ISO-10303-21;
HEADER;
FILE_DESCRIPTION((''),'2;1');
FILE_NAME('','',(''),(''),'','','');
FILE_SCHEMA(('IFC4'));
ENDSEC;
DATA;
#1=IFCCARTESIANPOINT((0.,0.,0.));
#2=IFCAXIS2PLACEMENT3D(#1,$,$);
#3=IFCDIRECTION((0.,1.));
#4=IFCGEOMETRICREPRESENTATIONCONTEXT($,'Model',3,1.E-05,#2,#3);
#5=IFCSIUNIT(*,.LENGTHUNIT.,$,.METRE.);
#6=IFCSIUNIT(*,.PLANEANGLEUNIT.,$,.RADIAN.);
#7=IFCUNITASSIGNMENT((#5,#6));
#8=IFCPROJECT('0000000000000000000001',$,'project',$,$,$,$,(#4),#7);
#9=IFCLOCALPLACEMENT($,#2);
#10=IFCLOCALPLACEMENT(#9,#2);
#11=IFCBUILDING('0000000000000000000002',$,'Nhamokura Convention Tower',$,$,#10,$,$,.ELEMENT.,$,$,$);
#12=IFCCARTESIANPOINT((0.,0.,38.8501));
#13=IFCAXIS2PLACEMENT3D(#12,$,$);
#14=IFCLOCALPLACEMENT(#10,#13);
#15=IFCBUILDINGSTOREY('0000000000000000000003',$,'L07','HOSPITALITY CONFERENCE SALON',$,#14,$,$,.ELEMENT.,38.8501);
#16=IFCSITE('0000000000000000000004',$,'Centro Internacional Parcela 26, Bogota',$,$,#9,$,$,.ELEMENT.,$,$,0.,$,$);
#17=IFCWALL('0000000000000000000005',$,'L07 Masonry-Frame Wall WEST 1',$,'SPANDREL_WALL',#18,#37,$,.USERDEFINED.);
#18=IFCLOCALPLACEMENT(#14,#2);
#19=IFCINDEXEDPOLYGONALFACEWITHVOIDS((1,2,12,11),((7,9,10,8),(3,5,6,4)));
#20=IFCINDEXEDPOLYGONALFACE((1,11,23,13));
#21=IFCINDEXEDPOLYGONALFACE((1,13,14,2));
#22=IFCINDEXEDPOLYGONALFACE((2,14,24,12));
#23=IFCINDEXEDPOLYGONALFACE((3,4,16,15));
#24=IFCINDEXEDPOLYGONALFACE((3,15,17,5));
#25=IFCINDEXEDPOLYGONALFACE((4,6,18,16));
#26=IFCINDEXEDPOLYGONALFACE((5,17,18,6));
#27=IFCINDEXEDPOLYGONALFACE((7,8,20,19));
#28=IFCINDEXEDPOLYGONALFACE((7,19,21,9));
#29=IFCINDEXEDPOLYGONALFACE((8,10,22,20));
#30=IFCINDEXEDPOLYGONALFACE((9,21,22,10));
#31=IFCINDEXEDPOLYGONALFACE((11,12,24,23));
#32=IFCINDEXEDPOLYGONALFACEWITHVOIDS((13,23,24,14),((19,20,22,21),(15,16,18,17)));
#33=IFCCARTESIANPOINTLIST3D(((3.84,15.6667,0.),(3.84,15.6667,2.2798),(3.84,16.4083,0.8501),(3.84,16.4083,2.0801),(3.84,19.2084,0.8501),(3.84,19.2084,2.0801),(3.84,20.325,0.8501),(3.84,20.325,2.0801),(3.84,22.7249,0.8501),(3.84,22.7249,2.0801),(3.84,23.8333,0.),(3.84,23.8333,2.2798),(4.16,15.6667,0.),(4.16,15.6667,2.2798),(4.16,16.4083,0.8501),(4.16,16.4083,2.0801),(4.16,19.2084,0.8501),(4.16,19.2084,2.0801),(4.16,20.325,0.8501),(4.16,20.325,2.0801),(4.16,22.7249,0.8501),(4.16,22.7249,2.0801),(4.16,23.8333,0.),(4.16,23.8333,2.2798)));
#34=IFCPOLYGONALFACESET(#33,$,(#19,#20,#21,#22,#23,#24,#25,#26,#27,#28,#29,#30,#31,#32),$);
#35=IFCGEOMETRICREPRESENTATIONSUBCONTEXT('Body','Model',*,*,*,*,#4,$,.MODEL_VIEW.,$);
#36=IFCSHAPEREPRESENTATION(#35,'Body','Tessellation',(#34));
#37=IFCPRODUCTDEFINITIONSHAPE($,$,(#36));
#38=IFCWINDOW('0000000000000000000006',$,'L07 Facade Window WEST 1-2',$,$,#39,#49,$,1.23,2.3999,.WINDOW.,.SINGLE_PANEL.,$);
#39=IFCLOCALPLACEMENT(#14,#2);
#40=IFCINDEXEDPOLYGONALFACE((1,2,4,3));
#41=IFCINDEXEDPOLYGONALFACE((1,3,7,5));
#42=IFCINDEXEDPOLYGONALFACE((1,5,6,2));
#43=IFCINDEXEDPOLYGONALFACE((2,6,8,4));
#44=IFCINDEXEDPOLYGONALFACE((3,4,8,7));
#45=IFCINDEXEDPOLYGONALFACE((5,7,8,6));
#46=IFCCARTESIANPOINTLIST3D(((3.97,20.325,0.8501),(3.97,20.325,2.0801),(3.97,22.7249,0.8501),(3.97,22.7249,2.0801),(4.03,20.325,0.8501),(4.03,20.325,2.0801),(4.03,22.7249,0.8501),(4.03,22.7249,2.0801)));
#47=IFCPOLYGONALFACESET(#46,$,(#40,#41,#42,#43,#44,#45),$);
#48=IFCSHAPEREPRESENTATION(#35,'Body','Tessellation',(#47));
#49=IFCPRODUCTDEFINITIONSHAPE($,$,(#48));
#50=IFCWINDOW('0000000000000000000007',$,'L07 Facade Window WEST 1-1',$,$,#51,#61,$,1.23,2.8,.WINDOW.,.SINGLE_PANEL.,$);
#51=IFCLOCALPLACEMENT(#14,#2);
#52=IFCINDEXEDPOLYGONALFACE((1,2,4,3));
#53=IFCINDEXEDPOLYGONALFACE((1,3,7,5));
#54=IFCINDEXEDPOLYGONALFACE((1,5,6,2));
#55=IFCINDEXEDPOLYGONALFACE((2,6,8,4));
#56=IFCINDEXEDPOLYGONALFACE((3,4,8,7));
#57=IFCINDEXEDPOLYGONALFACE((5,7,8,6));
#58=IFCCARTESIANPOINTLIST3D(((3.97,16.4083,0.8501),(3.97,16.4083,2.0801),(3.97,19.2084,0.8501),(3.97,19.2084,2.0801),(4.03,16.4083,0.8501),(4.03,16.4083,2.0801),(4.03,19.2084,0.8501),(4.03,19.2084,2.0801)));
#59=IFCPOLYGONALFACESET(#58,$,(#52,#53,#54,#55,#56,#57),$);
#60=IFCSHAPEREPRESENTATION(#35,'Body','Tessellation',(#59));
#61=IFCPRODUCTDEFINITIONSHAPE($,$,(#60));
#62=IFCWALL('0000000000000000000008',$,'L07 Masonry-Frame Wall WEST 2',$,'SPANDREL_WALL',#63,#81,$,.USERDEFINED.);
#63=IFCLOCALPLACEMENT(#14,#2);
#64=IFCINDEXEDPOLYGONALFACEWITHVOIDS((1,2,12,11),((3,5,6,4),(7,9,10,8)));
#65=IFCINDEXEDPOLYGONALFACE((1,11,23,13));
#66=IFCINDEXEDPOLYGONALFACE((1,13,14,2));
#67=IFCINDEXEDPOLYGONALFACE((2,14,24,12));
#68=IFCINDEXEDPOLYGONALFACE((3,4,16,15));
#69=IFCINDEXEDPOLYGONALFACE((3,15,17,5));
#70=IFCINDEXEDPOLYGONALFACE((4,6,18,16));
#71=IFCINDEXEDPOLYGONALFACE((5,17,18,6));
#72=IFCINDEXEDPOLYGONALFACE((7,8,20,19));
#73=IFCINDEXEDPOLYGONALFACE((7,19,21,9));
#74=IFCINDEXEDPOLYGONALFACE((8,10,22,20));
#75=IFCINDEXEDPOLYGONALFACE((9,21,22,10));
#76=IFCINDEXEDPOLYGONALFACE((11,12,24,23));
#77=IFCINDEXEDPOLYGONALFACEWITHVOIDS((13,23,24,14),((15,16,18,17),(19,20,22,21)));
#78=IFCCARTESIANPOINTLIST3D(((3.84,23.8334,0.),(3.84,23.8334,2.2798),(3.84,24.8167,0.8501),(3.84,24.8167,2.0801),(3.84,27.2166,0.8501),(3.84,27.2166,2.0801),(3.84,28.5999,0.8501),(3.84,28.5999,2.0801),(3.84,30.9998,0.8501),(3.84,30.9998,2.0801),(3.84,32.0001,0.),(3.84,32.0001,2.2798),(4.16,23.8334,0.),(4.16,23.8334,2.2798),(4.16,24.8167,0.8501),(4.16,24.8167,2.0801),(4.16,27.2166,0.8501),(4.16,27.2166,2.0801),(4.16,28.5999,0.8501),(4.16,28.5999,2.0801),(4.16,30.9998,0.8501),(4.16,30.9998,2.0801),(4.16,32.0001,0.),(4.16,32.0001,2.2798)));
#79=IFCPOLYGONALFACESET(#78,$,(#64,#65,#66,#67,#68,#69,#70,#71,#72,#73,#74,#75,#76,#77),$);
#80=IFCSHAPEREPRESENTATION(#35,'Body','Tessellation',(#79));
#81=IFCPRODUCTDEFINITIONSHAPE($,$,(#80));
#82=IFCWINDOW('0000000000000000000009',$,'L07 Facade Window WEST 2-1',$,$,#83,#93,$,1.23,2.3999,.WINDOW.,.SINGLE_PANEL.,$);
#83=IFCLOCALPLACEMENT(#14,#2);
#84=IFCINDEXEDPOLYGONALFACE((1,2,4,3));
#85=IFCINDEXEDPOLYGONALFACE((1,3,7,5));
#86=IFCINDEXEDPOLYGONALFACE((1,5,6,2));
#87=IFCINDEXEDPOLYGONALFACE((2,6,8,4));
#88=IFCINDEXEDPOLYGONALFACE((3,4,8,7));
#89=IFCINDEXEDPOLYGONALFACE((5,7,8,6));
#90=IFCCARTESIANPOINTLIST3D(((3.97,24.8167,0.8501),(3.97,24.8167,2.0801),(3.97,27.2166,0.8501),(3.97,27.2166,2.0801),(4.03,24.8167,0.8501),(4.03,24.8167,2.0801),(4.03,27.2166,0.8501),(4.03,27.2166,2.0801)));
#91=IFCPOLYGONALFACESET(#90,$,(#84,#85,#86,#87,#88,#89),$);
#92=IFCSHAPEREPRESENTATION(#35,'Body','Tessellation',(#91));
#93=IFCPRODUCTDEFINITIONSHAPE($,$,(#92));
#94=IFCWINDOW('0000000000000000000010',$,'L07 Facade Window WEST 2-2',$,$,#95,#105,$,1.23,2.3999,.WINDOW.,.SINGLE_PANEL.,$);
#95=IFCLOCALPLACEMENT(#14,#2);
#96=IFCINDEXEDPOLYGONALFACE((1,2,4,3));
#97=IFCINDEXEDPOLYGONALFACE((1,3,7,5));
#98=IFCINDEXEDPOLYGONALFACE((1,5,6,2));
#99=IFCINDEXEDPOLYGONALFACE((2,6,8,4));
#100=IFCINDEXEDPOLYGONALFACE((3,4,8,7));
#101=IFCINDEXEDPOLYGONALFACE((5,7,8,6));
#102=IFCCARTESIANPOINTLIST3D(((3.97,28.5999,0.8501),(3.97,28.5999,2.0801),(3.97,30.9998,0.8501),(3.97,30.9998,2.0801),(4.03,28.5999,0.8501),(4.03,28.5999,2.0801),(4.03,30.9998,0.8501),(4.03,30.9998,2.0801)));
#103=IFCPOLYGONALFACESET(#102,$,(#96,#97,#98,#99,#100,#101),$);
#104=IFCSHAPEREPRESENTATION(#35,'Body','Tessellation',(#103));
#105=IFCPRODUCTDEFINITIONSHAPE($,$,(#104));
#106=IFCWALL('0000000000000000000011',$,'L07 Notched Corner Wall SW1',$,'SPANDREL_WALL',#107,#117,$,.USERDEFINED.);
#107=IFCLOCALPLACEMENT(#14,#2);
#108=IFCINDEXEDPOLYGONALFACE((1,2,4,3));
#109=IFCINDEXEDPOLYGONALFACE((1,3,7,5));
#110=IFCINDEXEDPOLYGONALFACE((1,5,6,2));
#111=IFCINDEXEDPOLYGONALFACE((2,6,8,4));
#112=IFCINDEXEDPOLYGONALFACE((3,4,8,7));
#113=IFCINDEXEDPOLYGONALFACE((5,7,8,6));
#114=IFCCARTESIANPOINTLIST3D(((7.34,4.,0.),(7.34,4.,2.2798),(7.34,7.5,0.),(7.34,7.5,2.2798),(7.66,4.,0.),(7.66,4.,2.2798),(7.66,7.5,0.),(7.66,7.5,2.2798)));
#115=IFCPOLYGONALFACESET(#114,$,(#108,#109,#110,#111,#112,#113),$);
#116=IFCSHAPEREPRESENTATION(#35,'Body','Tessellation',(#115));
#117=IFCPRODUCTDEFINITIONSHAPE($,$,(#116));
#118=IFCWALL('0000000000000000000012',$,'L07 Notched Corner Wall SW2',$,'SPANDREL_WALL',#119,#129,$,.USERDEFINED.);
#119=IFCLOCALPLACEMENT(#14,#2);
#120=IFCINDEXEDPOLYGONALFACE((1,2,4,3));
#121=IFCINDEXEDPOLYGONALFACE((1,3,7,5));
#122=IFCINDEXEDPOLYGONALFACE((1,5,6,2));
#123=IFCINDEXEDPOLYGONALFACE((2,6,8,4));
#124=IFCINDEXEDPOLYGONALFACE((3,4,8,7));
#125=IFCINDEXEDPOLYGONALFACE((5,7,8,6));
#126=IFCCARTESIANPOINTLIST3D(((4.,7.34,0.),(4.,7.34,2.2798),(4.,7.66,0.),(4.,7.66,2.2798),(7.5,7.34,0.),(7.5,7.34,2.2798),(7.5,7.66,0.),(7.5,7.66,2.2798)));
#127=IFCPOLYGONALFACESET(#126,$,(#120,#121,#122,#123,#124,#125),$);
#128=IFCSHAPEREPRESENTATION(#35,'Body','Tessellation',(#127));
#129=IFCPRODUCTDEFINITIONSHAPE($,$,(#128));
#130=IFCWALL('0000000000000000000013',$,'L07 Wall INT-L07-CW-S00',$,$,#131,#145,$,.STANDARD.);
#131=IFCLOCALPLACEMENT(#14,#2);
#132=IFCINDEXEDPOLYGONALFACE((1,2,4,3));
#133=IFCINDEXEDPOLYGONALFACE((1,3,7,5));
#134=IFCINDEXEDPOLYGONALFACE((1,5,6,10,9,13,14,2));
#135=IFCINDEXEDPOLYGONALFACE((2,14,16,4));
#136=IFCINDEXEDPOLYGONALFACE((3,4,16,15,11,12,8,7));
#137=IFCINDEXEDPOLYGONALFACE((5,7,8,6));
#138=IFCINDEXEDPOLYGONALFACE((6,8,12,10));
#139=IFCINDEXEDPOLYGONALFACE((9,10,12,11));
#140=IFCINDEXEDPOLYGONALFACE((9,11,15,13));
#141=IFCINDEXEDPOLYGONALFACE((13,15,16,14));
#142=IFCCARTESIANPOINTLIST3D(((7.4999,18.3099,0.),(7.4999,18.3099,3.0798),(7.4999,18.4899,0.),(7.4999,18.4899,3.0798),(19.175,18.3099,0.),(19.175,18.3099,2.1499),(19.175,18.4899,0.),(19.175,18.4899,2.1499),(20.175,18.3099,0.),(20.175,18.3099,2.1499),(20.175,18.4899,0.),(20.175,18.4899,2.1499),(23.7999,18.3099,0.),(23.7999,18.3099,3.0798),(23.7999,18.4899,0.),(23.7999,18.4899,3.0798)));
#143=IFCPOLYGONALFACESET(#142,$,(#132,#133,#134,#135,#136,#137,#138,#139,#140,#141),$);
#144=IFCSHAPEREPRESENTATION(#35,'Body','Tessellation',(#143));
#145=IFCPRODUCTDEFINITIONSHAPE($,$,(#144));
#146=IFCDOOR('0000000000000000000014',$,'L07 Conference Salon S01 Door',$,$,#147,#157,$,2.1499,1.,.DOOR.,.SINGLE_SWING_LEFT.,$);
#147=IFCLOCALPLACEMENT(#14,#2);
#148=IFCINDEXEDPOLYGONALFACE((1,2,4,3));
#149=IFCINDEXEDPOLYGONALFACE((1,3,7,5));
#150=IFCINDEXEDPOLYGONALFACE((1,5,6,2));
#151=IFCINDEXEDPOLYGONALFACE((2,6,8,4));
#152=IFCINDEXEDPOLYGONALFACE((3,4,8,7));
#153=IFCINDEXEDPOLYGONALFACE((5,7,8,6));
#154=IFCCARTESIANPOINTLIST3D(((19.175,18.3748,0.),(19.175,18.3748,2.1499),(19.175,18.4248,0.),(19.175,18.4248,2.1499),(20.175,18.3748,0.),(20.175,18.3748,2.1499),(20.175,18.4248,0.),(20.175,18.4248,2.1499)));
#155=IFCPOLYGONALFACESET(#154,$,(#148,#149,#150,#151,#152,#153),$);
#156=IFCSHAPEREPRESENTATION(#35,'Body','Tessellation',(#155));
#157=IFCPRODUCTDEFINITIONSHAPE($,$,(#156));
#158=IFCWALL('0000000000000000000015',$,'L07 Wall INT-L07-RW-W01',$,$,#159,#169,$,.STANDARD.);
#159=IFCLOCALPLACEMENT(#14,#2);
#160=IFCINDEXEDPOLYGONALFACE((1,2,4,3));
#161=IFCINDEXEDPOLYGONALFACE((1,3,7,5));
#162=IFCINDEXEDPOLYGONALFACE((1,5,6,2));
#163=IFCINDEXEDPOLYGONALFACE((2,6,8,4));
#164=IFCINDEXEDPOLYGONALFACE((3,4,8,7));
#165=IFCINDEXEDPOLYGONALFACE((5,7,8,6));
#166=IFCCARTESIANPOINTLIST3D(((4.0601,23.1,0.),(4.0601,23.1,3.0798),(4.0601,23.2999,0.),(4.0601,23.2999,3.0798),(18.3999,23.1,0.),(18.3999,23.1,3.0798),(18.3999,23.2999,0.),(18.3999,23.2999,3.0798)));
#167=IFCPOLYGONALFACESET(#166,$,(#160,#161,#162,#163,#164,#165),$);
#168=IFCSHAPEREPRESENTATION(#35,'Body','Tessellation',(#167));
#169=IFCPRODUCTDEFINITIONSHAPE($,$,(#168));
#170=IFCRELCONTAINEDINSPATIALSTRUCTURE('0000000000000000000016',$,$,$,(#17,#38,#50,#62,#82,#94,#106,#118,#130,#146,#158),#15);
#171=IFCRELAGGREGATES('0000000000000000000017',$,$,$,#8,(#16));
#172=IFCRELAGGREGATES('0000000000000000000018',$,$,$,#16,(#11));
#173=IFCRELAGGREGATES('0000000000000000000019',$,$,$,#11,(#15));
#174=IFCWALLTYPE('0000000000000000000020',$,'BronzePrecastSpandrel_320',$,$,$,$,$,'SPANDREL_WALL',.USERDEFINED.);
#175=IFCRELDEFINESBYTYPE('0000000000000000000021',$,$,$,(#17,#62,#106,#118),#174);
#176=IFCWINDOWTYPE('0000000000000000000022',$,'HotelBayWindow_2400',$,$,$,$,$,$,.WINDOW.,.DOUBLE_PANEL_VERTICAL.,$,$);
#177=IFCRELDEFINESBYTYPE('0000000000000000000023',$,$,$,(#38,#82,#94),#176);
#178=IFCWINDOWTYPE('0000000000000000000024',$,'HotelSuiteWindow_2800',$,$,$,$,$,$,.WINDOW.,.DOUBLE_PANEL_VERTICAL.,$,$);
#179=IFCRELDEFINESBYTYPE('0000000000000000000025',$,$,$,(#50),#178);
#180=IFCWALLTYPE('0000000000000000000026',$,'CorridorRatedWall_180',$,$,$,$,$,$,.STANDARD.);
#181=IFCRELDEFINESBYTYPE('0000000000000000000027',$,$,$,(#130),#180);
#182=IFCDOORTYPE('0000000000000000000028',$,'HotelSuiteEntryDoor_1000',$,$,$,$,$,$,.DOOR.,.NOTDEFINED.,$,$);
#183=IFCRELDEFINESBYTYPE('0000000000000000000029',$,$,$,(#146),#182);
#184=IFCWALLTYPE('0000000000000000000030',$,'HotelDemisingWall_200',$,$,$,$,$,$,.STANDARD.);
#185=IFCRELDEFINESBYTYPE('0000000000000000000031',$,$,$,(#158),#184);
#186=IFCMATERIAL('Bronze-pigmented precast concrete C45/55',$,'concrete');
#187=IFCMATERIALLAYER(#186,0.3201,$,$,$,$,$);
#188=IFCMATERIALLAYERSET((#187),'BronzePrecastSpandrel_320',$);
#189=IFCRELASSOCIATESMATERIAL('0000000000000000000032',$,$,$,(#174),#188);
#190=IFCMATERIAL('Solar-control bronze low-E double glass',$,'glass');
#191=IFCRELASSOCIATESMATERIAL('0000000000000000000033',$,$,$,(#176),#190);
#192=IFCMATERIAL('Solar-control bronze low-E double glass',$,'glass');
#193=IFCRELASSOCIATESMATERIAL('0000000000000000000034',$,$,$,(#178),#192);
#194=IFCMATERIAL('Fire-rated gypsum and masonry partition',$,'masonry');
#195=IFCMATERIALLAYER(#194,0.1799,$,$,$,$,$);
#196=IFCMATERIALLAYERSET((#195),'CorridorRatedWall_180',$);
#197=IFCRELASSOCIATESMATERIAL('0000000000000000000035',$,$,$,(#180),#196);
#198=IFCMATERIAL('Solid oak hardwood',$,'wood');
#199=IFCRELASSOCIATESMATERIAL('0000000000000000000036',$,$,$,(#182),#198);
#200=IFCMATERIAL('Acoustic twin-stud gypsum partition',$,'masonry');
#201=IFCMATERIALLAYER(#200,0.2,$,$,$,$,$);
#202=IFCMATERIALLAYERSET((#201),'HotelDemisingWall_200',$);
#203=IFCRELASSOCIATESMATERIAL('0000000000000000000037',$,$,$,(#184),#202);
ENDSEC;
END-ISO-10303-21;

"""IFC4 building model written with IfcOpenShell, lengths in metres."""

from ifc_helpers import new_model, si_unit, direction, frame, frame_2d, origin, place, context, subcontext, project, spatial, rectangle, extrude, material, layer, layer_set, type_object, element, fill, save


model = new_model("IFC4")

# Units and contexts
model_context = context("Model", 3, precision=1e-05, world=origin(), true_north=direction((0.0, 1.0)))
body_context = subcontext(model_context, "Body", "Model", "MODEL_VIEW")
ifc_project = project(units=[si_unit("LENGTHUNIT", "METRE"), si_unit("PLANEANGLEUNIT", "RADIAN")], contexts=[model_context])

# Site, building, storey
site_placement = place(None, origin())
site = spatial("IfcSite", under=ifc_project, at=site_placement, Name="Centro Internacional Parcela 26, Bogota", CompositionType="ELEMENT", RefElevation=0.0)
building_placement = place(site_placement, origin())
building = spatial("IfcBuilding", under=site, at=building_placement, Name="Nhamokura Convention Tower", CompositionType="ELEMENT")
storey_placement = place(building_placement, frame((0.0, 0.0, 38.8501)))
storey = spatial("IfcBuildingStorey", under=building, at=storey_placement, Name="L07", Description="HOSPITALITY CONFERENCE SALON", CompositionType="ELEMENT", Elevation=38.8501)

# Shared definitions
ifc_material_1 = material(Name="Bronze-pigmented precast concrete C45/55", Category="concrete")
ifc_layer_1 = layer(ifc_material_1, 0.3201)
ifc_layer_set_1 = layer_set([ifc_layer_1], Name="BronzePrecastSpandrel_320")
wall_type_1 = type_object("IfcWallType", Name="BronzePrecastSpandrel_320", ElementType="SPANDREL_WALL", PredefinedType="USERDEFINED", material=ifc_layer_set_1)

# Walls, openings, windows
wall_1_placement = place(storey_placement, frame((4.0, 15.6667, 0.0), z_axis=(0.0, 0.0, 1.0), x_axis=(0.0, 1.0, 0.0)))
wall_1 = element("IfcWall", 1, at=wall_1_placement, inside=storey, type_object=wall_type_1, Name="L07 Masonry-Frame Wall WEST 1", ObjectType="SPANDREL_WALL", PredefinedType="USERDEFINED", context=body_context, shape_type="SweptSolid", body=[
    extrude(rectangle(XDim=8.1665, YDim=0.3201, at=frame_2d((4.0833, 0.0))), origin(), (0.0, 0.0, 1.0), 2.2798),
])
opening_1_placement = place(wall_1_placement, frame((0.7417, 0.0, 0.8501)))
opening_1 = element("IfcOpeningElement", 2, at=opening_1_placement, cuts=wall_1, PredefinedType="OPENING", context=body_context, shape_type="SweptSolid", body=[
    extrude(rectangle(XDim=2.8, YDim=1.23, at=frame_2d((1.3999, 0.615))), frame((0.0, 0.1699, 0.0), z_axis=(0.0, -1.0, 0.0), x_axis=(1.0, 0.0, 0.0)), (0.0, 0.0, 1.0), 0.3401),
])
opening_2_placement = place(wall_1_placement, frame((4.6582, 0.0, 0.8501)))
opening_2 = element("IfcOpeningElement", 3, at=opening_2_placement, cuts=wall_1, PredefinedType="OPENING", context=body_context, shape_type="SweptSolid", body=[
    extrude(rectangle(XDim=2.3999, YDim=1.23, at=frame_2d((1.2, 0.615))), frame((0.0, 0.1699, 0.0), z_axis=(0.0, -1.0, 0.0), x_axis=(1.0, 0.0, 0.0)), (0.0, 0.0, 1.0), 0.3401),
])
ifc_material_2 = material(Name="Solar-control bronze low-E double glass", Category="glass")
window_type_1 = type_object("IfcWindowType", Name="HotelBayWindow_2400", PartitioningType="DOUBLE_PANEL_VERTICAL", PredefinedType="WINDOW", material=ifc_material_2)
window_1_placement = place(opening_2_placement, origin())
window_1 = element("IfcWindow", 4, at=window_1_placement, inside=storey, type_object=window_type_1, Name="L07 Facade Window WEST 1-2", OverallHeight=1.23, OverallWidth=2.3999, PartitioningType="SINGLE_PANEL", PredefinedType="WINDOW", context=body_context, shape_type="SweptSolid", body=[
    extrude(rectangle(XDim=2.3999, YDim=1.23, at=frame_2d((1.2, 0.615))), frame((0.0, 0.03, 0.0), z_axis=(0.0, -1.0, 0.0), x_axis=(1.0, 0.0, 0.0)), (0.0, 0.0, 1.0), 0.0601),
])
fill(opening_2, window_1)
ifc_material_3 = material(Name="Solar-control bronze low-E double glass", Category="glass")
window_type_2 = type_object("IfcWindowType", Name="HotelSuiteWindow_2800", PartitioningType="DOUBLE_PANEL_VERTICAL", PredefinedType="WINDOW", material=ifc_material_3)
window_2_placement = place(opening_1_placement, origin())
window_2 = element("IfcWindow", 5, at=window_2_placement, inside=storey, type_object=window_type_2, Name="L07 Facade Window WEST 1-1", OverallHeight=1.23, OverallWidth=2.8, PartitioningType="SINGLE_PANEL", PredefinedType="WINDOW", context=body_context, shape_type="SweptSolid", body=[
    extrude(rectangle(XDim=2.8, YDim=1.23, at=frame_2d((1.3999, 0.615))), frame((0.0, 0.03, 0.0), z_axis=(0.0, -1.0, 0.0), x_axis=(1.0, 0.0, 0.0)), (0.0, 0.0, 1.0), 0.0601),
])
fill(opening_1, window_2)
wall_2_placement = place(storey_placement, frame((4.0, 23.8333, 0.0), z_axis=(0.0, 0.0, 1.0), x_axis=(0.0, 1.0, 0.0)))
wall_2 = element("IfcWall", 6, at=wall_2_placement, inside=storey, type_object=wall_type_1, Name="L07 Masonry-Frame Wall WEST 2", ObjectType="SPANDREL_WALL", PredefinedType="USERDEFINED", context=body_context, shape_type="SweptSolid", body=[
    extrude(rectangle(XDim=8.1667, YDim=0.3201, at=frame_2d((4.0835, 0.0))), origin(), (0.0, 0.0, 1.0), 2.2798),
])
opening_3_placement = place(wall_2_placement, frame((0.9834, 0.0, 0.8501)))
opening_3 = element("IfcOpeningElement", 7, at=opening_3_placement, cuts=wall_2, PredefinedType="OPENING", context=body_context, shape_type="SweptSolid", body=[
    extrude(rectangle(XDim=2.3999, YDim=1.23, at=frame_2d((1.2, 0.615))), frame((0.0, 0.1699, 0.0), z_axis=(0.0, -1.0, 0.0), x_axis=(1.0, 0.0, 0.0)), (0.0, 0.0, 1.0), 0.3401),
])
opening_4_placement = place(wall_2_placement, frame((4.7666, 0.0, 0.8501)))
opening_4 = element("IfcOpeningElement", 8, at=opening_4_placement, cuts=wall_2, PredefinedType="OPENING", context=body_context, shape_type="SweptSolid", body=[
    extrude(rectangle(XDim=2.3999, YDim=1.23, at=frame_2d((1.2, 0.615))), frame((0.0, 0.1699, 0.0), z_axis=(0.0, -1.0, 0.0), x_axis=(1.0, 0.0, 0.0)), (0.0, 0.0, 1.0), 0.3401),
])
window_3_placement = place(opening_3_placement, origin())
window_3 = element("IfcWindow", 9, at=window_3_placement, inside=storey, type_object=window_type_1, Name="L07 Facade Window WEST 2-1", OverallHeight=1.23, OverallWidth=2.3999, PartitioningType="SINGLE_PANEL", PredefinedType="WINDOW", context=body_context, shape_type="SweptSolid", body=[
    extrude(rectangle(XDim=2.3999, YDim=1.23, at=frame_2d((1.2, 0.615))), frame((0.0, 0.03, 0.0), z_axis=(0.0, -1.0, 0.0), x_axis=(1.0, 0.0, 0.0)), (0.0, 0.0, 1.0), 0.0601),
])
fill(opening_3, window_3)
window_4_placement = place(opening_4_placement, origin())
window_4 = element("IfcWindow", 10, at=window_4_placement, inside=storey, type_object=window_type_1, Name="L07 Facade Window WEST 2-2", OverallHeight=1.23, OverallWidth=2.3999, PartitioningType="SINGLE_PANEL", PredefinedType="WINDOW", context=body_context, shape_type="SweptSolid", body=[
    extrude(rectangle(XDim=2.3999, YDim=1.23, at=frame_2d((1.2, 0.615))), frame((0.0, 0.03, 0.0), z_axis=(0.0, -1.0, 0.0), x_axis=(1.0, 0.0, 0.0)), (0.0, 0.0, 1.0), 0.0601),
])
fill(opening_4, window_4)

# Walls
for number, where, z_axis, x_axis, name in (
    (11, (7.5, 4.0, 0.0), (0.0, 0.0, 1.0), (0.0, 1.0, 0.0), "L07 Notched Corner Wall SW1"),
    (12, (7.5, 7.5, 0.0), (0.0, 0.0, 1.0), (-1.0, 0.0, 0.0), "L07 Notched Corner Wall SW2"),
):
    element("IfcWall", number, at=place(storey_placement, frame(where, z_axis=z_axis, x_axis=x_axis)), inside=storey, type_object=wall_type_1, Name=name, ObjectType="SPANDREL_WALL", PredefinedType="USERDEFINED", context=body_context, shape_type="SweptSolid", body=[
        extrude(rectangle(XDim=3.5, YDim=0.3201, at=frame_2d((1.75, 0.0))), origin(), (0.0, 0.0, 1.0), 2.2798),
    ])

# Wall, opening, door
ifc_material_4 = material(Name="Fire-rated gypsum and masonry partition", Category="masonry")
ifc_layer_2 = layer(ifc_material_4, 0.1799)
ifc_layer_set_2 = layer_set([ifc_layer_2], Name="CorridorRatedWall_180")
wall_type_2 = type_object("IfcWallType", Name="CorridorRatedWall_180", PredefinedType="STANDARD", material=ifc_layer_set_2)
wall_3_placement = place(storey_placement, frame((7.5, 18.3999, 0.0), z_axis=(0.0, 0.0, 1.0), x_axis=(1.0, 0.0, 0.0)))
wall_3 = element("IfcWall", 13, at=wall_3_placement, inside=storey, type_object=wall_type_2, Name="L07 Wall INT-L07-CW-S00", PredefinedType="STANDARD", context=body_context, shape_type="SweptSolid", body=[
    extrude(rectangle(XDim=16.3, YDim=0.1799, at=frame_2d((8.1499, 0.0))), origin(), (0.0, 0.0, 1.0), 3.0798),
])
opening_5_placement = place(wall_3_placement, frame((11.675, 0.0, 0.0)))
opening_5 = element("IfcOpeningElement", 14, at=opening_5_placement, cuts=wall_3, PredefinedType="OPENING", context=body_context, shape_type="SweptSolid", body=[
    extrude(rectangle(XDim=1.0, YDim=2.1499, at=frame_2d((0.5, 1.075))), frame((0.0, 0.0999, 0.0), z_axis=(0.0, -1.0, 0.0), x_axis=(1.0, 0.0, 0.0)), (0.0, 0.0, 1.0), 0.2),
])
ifc_material_5 = material(Name="Solid oak hardwood", Category="wood")
door_type = type_object("IfcDoorType", Name="HotelSuiteEntryDoor_1000", OperationType="NOTDEFINED", PredefinedType="DOOR", material=ifc_material_5)
door_placement = place(opening_5_placement, origin())
door = element("IfcDoor", 15, at=door_placement, inside=storey, type_object=door_type, Name="L07 Conference Salon S01 Door", OperationType="SINGLE_SWING_LEFT", OverallHeight=2.1499, OverallWidth=1.0, PredefinedType="DOOR", context=body_context, shape_type="SweptSolid", body=[
    extrude(rectangle(XDim=1.0, YDim=2.1499, at=frame_2d((0.5, 1.075))), frame((0.0, 0.0249, 0.0), z_axis=(0.0, -1.0, 0.0), x_axis=(1.0, 0.0, 0.0)), (0.0, 0.0, 1.0), 0.05),
])
fill(opening_5, door)

# Wall
ifc_material_6 = material(Name="Acoustic twin-stud gypsum partition", Category="masonry")
ifc_layer_3 = layer(ifc_material_6, 0.2)
ifc_layer_set_3 = layer_set([ifc_layer_3], Name="HotelDemisingWall_200")
wall_type_3 = type_object("IfcWallType", Name="HotelDemisingWall_200", PredefinedType="STANDARD", material=ifc_layer_set_3)
wall_4_placement = place(storey_placement, frame((4.0601, 23.2, 0.0), z_axis=(0.0, 0.0, 1.0), x_axis=(1.0, 0.0, 0.0)))
element("IfcWall", 16, at=wall_4_placement, inside=storey, type_object=wall_type_3, Name="L07 Wall INT-L07-RW-W01", PredefinedType="STANDARD", context=body_context, shape_type="SweptSolid", body=[
    extrude(rectangle(XDim=14.3398, YDim=0.2, at=frame_2d((7.1699, 0.0))), origin(), (0.0, 0.0, 1.0), 3.0798),
])

save(model, "model.ifc")
